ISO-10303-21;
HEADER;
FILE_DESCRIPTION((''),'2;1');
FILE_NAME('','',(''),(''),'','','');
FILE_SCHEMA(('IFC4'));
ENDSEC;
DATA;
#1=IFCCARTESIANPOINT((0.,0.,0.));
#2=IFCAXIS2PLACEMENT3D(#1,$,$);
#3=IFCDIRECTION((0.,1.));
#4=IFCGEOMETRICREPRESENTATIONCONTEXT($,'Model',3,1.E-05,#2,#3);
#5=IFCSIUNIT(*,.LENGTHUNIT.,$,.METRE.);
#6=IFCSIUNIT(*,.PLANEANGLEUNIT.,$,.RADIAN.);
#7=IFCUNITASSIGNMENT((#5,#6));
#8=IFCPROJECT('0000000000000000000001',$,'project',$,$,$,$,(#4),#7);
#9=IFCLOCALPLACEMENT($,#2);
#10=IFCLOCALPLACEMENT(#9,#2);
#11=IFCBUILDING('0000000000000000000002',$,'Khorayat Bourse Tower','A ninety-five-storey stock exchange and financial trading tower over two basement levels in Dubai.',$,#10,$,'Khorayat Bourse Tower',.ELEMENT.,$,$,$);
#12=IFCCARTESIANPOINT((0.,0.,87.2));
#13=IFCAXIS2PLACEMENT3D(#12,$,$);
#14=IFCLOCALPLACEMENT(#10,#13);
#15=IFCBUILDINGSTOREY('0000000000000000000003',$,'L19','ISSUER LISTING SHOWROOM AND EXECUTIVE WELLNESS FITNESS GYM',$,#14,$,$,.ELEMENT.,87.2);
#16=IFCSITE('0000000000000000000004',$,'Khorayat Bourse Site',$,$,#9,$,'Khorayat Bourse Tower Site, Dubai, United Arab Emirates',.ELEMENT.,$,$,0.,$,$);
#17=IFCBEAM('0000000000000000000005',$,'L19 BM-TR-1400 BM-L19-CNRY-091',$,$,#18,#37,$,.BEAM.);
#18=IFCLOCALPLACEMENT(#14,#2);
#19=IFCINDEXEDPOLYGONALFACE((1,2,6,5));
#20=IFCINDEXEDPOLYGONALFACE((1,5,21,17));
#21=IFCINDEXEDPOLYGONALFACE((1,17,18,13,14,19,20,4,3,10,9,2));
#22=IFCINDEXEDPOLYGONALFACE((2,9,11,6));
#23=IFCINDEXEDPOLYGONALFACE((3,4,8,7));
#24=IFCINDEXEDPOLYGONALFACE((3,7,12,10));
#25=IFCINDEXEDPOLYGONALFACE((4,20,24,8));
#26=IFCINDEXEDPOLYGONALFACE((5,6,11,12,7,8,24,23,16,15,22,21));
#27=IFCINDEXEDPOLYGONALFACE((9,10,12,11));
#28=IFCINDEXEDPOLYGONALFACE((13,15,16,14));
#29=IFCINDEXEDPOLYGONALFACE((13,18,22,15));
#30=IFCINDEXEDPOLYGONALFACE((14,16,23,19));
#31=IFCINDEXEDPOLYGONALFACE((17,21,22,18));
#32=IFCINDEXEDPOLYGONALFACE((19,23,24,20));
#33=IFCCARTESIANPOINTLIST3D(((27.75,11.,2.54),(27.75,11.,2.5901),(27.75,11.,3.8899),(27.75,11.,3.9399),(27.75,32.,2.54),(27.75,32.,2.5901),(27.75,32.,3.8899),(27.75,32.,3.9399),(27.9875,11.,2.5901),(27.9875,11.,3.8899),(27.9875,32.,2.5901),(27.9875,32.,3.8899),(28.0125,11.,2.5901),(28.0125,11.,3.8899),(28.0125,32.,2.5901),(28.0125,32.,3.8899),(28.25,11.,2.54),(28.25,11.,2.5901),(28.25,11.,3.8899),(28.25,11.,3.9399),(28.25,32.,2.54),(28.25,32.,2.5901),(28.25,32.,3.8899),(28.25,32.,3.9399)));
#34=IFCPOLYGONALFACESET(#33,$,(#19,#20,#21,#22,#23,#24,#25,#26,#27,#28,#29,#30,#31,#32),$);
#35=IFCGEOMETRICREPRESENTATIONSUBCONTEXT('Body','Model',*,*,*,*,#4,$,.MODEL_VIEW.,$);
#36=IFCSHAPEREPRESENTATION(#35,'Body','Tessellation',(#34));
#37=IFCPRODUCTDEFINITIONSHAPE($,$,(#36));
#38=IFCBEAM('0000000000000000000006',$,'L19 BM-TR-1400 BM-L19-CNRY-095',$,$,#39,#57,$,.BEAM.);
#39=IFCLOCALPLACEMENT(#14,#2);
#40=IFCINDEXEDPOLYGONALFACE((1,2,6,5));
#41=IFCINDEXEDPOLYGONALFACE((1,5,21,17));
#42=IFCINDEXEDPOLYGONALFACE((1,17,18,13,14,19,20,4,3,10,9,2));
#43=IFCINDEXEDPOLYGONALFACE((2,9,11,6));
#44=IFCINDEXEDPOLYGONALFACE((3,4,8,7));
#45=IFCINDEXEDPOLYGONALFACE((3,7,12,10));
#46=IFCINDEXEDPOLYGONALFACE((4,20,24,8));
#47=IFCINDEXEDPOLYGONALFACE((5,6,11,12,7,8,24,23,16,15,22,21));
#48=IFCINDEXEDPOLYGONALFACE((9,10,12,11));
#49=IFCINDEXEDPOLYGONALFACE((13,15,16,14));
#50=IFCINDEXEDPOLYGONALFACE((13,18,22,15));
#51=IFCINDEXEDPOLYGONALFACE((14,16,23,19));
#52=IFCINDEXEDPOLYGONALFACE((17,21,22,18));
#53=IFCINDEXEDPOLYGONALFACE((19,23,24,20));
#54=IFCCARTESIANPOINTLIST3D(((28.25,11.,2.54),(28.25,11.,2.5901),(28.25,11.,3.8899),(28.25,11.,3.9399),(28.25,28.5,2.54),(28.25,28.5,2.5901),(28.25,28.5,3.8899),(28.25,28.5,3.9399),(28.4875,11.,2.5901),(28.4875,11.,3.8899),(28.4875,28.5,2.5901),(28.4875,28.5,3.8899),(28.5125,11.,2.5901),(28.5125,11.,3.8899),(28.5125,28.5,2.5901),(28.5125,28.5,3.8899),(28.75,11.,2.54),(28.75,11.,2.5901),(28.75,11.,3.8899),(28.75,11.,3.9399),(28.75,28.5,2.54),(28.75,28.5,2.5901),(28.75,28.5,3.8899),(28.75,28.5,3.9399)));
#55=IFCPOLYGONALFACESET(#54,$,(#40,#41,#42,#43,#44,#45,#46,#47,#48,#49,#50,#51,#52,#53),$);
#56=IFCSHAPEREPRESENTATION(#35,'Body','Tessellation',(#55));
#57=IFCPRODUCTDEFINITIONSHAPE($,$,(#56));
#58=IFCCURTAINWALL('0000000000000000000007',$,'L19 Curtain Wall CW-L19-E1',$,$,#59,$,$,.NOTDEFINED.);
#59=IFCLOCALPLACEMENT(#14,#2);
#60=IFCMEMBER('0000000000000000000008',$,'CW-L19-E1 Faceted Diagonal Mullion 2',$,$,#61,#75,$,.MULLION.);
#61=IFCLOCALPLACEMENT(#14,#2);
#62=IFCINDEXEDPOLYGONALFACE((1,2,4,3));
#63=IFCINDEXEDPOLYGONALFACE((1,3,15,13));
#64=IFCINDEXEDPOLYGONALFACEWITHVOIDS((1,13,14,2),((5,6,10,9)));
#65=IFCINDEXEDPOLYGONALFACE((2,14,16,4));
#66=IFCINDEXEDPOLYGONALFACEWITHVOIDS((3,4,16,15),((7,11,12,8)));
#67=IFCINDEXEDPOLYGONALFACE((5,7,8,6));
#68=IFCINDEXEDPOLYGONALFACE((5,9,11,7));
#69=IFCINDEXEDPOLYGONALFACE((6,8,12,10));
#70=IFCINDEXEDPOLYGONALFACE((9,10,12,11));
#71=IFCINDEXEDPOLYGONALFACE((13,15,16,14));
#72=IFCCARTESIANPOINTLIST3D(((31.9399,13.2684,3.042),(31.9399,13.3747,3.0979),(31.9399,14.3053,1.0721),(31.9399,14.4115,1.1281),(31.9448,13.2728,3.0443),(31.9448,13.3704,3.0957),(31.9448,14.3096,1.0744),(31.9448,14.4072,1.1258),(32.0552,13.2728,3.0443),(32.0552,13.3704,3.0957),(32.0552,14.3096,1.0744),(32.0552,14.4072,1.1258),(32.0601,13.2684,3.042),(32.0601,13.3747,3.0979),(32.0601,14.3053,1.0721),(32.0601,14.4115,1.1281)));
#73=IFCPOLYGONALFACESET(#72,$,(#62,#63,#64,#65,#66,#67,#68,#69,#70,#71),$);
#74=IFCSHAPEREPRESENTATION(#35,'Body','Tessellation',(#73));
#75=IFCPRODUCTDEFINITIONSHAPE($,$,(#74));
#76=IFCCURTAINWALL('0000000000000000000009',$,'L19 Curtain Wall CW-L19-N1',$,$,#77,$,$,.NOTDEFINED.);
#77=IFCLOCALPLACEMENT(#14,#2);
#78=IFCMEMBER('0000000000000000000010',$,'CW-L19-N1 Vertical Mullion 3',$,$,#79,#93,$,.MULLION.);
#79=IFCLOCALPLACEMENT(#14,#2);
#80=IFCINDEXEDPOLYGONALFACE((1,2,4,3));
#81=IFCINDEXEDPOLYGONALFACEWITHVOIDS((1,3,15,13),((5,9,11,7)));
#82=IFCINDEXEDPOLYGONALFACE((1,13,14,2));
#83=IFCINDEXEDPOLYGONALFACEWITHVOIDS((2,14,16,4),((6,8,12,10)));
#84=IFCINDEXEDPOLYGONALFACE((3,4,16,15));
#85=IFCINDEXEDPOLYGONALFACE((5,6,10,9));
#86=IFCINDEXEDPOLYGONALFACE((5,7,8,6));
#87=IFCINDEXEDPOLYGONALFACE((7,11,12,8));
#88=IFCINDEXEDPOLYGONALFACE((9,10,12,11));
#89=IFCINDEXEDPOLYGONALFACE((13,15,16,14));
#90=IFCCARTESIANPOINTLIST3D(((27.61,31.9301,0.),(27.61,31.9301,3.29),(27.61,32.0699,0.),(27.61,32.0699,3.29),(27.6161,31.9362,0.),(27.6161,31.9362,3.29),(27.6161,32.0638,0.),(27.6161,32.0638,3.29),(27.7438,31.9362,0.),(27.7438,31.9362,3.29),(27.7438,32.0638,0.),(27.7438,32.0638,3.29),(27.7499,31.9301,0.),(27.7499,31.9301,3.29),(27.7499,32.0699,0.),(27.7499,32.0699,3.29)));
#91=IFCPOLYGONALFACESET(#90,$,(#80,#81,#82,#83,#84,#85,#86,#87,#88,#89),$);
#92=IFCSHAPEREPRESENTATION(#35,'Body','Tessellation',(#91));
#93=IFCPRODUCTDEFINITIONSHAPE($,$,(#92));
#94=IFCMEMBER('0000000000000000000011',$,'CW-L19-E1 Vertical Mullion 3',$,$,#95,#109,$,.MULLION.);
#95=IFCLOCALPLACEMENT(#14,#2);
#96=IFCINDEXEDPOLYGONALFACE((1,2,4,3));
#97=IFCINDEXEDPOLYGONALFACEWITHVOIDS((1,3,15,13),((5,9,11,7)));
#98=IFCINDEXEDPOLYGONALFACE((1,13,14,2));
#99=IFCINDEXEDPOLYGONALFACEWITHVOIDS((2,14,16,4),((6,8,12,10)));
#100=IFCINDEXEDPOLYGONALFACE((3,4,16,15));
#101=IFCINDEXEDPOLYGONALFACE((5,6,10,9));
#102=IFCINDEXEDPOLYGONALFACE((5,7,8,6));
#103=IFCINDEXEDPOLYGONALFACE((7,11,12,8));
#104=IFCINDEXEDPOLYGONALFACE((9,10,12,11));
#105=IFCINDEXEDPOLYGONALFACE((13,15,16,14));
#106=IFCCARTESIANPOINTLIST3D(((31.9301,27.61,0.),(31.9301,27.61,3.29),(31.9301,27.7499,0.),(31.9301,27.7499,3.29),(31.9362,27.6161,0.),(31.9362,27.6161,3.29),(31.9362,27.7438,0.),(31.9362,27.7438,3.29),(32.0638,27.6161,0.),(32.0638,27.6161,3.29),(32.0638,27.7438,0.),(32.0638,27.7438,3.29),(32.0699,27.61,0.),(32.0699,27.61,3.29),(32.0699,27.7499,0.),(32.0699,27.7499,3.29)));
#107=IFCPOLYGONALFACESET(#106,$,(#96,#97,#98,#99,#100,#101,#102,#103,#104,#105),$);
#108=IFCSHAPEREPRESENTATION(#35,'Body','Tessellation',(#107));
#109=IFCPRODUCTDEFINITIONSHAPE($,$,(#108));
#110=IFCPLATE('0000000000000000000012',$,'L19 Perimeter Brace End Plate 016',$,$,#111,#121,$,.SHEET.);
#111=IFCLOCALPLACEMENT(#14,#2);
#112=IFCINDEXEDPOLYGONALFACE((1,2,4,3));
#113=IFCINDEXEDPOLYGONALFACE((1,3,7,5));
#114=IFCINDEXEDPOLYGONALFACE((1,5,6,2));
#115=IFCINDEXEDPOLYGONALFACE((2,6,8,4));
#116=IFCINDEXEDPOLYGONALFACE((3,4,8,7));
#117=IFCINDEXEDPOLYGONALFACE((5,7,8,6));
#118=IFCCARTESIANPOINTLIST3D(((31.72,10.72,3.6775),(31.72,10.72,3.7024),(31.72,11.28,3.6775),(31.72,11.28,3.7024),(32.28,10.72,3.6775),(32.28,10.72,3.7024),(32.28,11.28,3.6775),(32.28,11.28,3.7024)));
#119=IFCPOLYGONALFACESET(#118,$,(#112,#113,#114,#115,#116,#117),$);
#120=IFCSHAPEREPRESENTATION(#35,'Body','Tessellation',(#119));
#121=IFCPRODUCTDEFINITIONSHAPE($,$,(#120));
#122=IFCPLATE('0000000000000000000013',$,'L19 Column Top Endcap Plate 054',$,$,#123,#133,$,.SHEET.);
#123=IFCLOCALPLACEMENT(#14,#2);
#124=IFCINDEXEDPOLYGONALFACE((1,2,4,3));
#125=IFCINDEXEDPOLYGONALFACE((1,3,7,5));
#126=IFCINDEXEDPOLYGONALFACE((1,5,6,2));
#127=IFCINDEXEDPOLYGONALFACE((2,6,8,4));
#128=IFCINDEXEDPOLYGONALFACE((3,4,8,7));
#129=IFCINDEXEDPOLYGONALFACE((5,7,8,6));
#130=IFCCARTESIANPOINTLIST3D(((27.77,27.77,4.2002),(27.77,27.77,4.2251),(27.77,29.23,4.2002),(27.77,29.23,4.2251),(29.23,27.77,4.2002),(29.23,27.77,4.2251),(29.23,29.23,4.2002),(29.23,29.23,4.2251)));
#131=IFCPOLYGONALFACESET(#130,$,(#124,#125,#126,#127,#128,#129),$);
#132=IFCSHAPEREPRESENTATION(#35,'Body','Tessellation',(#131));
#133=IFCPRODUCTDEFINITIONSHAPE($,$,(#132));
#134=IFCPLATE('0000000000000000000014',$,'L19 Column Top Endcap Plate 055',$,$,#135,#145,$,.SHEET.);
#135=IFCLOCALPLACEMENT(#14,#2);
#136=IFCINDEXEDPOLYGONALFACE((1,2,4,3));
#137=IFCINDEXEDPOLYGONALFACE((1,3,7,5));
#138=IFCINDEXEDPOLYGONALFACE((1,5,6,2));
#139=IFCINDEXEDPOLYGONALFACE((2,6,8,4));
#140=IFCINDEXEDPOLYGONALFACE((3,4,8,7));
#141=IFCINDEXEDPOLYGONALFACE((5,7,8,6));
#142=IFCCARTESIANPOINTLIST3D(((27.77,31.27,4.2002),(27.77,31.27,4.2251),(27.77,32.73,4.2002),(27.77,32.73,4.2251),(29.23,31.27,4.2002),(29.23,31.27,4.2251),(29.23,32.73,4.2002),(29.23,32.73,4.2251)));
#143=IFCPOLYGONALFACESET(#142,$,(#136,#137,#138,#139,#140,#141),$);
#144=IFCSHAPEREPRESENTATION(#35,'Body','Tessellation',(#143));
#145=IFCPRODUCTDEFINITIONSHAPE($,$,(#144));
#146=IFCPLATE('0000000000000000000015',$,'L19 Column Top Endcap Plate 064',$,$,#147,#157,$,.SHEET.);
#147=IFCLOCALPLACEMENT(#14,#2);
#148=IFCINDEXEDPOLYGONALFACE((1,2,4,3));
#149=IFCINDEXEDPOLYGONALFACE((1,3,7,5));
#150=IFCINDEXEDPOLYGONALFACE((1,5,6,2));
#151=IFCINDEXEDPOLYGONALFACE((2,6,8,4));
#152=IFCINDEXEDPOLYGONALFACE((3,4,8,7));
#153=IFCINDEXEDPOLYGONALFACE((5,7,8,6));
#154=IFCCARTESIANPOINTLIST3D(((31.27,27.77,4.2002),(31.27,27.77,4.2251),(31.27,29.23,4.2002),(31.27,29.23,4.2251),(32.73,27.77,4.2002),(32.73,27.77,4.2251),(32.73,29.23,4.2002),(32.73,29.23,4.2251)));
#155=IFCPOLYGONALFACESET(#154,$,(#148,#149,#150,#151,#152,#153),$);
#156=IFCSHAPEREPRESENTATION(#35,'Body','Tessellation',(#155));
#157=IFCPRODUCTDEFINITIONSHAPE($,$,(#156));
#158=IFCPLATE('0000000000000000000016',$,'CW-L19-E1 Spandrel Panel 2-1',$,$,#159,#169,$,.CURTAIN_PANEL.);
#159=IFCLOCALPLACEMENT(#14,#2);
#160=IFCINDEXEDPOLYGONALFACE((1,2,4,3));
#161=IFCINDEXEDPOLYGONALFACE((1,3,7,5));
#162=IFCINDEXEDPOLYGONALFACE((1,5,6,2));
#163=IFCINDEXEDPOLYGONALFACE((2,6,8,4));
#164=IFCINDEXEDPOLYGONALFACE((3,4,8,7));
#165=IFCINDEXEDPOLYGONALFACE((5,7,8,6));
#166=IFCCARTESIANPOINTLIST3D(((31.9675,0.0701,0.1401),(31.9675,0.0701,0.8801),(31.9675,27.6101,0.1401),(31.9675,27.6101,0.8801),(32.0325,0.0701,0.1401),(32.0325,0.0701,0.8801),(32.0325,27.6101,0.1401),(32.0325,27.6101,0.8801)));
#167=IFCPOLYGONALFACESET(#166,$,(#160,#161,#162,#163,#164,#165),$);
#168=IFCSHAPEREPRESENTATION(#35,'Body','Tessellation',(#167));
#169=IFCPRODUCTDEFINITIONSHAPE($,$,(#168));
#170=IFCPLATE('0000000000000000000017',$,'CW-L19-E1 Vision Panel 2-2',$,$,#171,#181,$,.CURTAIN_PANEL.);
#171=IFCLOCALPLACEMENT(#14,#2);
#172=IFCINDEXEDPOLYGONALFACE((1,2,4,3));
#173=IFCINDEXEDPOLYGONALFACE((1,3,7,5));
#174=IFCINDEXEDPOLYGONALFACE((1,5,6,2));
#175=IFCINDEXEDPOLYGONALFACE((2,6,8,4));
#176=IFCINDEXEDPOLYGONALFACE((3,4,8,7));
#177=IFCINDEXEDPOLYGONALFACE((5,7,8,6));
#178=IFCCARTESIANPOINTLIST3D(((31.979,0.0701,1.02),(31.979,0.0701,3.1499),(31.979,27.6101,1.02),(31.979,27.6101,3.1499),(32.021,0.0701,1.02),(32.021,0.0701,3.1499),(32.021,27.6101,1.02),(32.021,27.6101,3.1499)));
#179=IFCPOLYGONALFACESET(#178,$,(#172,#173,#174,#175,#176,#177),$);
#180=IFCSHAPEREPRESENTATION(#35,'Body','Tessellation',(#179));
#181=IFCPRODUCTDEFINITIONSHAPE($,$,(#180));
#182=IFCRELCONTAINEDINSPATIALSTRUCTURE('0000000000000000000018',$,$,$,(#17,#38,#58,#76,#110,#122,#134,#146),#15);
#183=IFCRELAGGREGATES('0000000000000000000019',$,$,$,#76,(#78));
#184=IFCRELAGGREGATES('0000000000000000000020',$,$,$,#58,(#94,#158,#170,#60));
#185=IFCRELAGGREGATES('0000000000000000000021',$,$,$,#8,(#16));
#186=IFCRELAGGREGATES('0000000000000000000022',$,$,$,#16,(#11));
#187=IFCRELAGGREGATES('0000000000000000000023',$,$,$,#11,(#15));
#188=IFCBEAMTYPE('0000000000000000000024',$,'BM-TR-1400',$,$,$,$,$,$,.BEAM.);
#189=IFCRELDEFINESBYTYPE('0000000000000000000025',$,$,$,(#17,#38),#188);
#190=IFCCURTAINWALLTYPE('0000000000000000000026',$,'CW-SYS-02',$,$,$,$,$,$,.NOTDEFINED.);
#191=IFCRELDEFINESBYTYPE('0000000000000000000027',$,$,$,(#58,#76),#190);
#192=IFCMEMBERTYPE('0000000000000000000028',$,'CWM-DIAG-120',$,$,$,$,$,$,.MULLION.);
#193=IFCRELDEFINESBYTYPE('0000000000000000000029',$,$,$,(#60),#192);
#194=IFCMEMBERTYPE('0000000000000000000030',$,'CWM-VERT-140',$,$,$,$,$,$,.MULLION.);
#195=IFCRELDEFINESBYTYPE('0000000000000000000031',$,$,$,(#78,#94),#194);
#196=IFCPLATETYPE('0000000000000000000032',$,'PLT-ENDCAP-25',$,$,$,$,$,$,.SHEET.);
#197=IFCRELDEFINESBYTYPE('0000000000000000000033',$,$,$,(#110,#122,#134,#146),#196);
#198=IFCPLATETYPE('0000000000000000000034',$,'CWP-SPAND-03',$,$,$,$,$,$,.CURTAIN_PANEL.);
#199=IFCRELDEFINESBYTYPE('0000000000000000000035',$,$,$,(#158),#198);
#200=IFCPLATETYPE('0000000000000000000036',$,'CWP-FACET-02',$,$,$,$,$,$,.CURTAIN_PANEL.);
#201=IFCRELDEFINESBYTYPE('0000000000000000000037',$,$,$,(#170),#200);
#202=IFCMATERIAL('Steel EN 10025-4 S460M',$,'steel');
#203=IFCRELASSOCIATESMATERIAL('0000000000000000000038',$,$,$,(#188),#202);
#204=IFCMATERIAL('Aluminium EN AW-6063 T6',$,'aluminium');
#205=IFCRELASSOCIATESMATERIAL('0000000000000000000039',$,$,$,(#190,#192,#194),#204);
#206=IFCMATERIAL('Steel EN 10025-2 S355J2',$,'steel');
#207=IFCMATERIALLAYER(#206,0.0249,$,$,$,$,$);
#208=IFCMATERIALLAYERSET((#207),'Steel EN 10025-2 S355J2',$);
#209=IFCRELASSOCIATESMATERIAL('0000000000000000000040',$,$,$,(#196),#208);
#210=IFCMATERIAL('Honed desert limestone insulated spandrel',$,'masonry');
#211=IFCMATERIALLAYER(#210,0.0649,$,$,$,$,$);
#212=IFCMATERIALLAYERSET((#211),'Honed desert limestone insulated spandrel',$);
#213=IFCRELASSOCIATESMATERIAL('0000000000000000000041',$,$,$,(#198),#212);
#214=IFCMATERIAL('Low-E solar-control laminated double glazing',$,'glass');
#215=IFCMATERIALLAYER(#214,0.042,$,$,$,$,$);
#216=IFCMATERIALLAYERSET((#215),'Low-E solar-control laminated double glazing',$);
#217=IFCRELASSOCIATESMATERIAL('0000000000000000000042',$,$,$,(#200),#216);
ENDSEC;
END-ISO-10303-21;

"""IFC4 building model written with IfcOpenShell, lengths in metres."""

from ifc_helpers import new_model, si_unit, direction, frame, origin, origin_2d, place, context, subcontext, project, spatial, rectangle, hollow_rectangle, i_section, extrude, source, transform, mapped, material, layer, layer_set, material_profile, profile_set, type_object, element, aggregate, save


model = new_model("IFC4")

# Units and contexts
model_context = context("Model", 3, precision=1e-05, world=origin(), true_north=direction((0.0, 1.0)))
body_context = subcontext(model_context, "Body", "Model", "MODEL_VIEW")
ifc_project = project(units=[si_unit("LENGTHUNIT", "METRE"), si_unit("PLANEANGLEUNIT", "RADIAN")], contexts=[model_context])

# Site, building, storey
site_placement = place(None, origin())
site = spatial("IfcSite", under=ifc_project, at=site_placement, Name="Khorayat Bourse Site", LongName="Khorayat Bourse Tower Site, Dubai, United Arab Emirates", CompositionType="ELEMENT", RefElevation=0.0)
building_placement = place(site_placement, origin())
building = spatial("IfcBuilding", under=site, at=building_placement, Name="Khorayat Bourse Tower", Description="A ninety-five-storey stock exchange and financial trading tower over two basement levels in Dubai.", LongName="Khorayat Bourse Tower", CompositionType="ELEMENT")
storey_placement = place(building_placement, frame((0.0, 0.0, 87.2)))
storey = spatial("IfcBuildingStorey", under=building, at=storey_placement, Name="L19", Description="ISSUER LISTING SHOWROOM AND EXECUTIVE WELLNESS FITNESS GYM", CompositionType="ELEMENT", Elevation=87.2)

# Shared definitions
ifc_material_1 = material(Name="Steel EN 10025-4 S460M", Category="steel")

# Beams
ifc_material_profile_1 = material_profile(ifc_material_1, i_section(OverallWidth=0.5, OverallDepth=1.3999, WebThickness=0.0249, FlangeThickness=0.05, at=origin_2d()), Name="PG 1400x500x25x50")
ifc_profile_set_1 = profile_set([ifc_material_profile_1], Name="Steel EN 10025-4 S460M")
beam_type_1 = type_object("IfcBeamType", Name="BM-TR-1400", PredefinedType="BEAM", material=ifc_profile_set_1)
shared_shape_1 = source(origin(), body_context, "Body", "SweptSolid", [
    extrude(i_section(OverallWidth=0.5, OverallDepth=1.3999, WebThickness=0.0249, FlangeThickness=0.05, at=origin_2d()), origin(), (0.0, 0.0, 1.0), 21.0),
])
beam_1_placement = place(storey_placement, frame((28.0, 11.0, 3.24), z_axis=(0.0, 1.0, 0.0), x_axis=(-1.0, 0.0, 0.0)))
element("IfcBeam", 1, at=beam_1_placement, inside=storey, type_object=beam_type_1, Name="L19 BM-TR-1400 BM-L19-CNRY-091", PredefinedType="BEAM", context=body_context, shape_type="MappedRepresentation", body=[
    mapped(shared_shape_1, transform((0.0, 0.0, 0.0), scale=1.0)),
])
shared_shape_2 = source(origin(), body_context, "Body", "SweptSolid", [
    extrude(i_section(OverallWidth=0.5, OverallDepth=1.3999, WebThickness=0.0249, FlangeThickness=0.05, at=origin_2d()), origin(), (0.0, 0.0, 1.0), 17.5),
])
beam_2_placement = place(storey_placement, frame((28.5, 11.0, 3.24), z_axis=(0.0, 1.0, 0.0), x_axis=(-1.0, 0.0, 0.0)))
element("IfcBeam", 2, at=beam_2_placement, inside=storey, type_object=beam_type_1, Name="L19 BM-TR-1400 BM-L19-CNRY-095", PredefinedType="BEAM", context=body_context, shape_type="MappedRepresentation", body=[
    mapped(shared_shape_2, transform((0.0, 0.0, 0.0), scale=1.0)),
])

# Curtain walls, members
ifc_material_2 = material(Name="Aluminium EN AW-6063 T6", Category="aluminium")
curtain_wall_type = type_object("IfcCurtainWallType", Name="CW-SYS-02", PredefinedType="NOTDEFINED", material=ifc_material_2)
curtain_wall_1_placement = place(storey_placement, origin())
curtain_wall_1 = element("IfcCurtainWall", 3, at=curtain_wall_1_placement, inside=storey, type_object=curtain_wall_type, Name="L19 Curtain Wall CW-L19-E1", PredefinedType="NOTDEFINED")
ifc_material_profile_2 = material_profile(ifc_material_2, hollow_rectangle(XDim=0.1201, YDim=0.1201, WallThickness=0.0049, at=origin_2d()), Name="ALU 120x120x5")
ifc_profile_set_2 = profile_set([ifc_material_profile_2], Name="Aluminium EN AW-6063 T6")
member_type_1 = type_object("IfcMemberType", Name="CWM-DIAG-120", PredefinedType="MULLION", material=ifc_profile_set_2)
shared_shape_3 = source(origin(), body_context, "Body", "SweptSolid", [
    extrude(hollow_rectangle(XDim=0.1201, YDim=0.1201, WallThickness=0.0049, at=origin_2d()), origin(), (0.0, 0.0, 1.0), 2.2261),
])
member_1_placement = place(storey_placement, frame((32.0, 14.3584, 1.1001), z_axis=(0.0, -0.46576, 0.884911), x_axis=(1.0, 0.0, 0.0)))
member_1 = element("IfcMember", 4, at=member_1_placement, type_object=member_type_1, Name="CW-L19-E1 Faceted Diagonal Mullion 2", PredefinedType="MULLION", context=body_context, shape_type="MappedRepresentation", body=[
    mapped(shared_shape_3, transform((0.0, 0.0, 0.0), scale=1.0)),
])
curtain_wall_2_placement = place(storey_placement, origin())
curtain_wall_2 = element("IfcCurtainWall", 5, at=curtain_wall_2_placement, inside=storey, type_object=curtain_wall_type, Name="L19 Curtain Wall CW-L19-N1", PredefinedType="NOTDEFINED")
ifc_material_profile_3 = material_profile(ifc_material_2, hollow_rectangle(XDim=0.1399, YDim=0.1399, WallThickness=0.0061, at=origin_2d()), Name="ALU 140x140x6")
ifc_profile_set_3 = profile_set([ifc_material_profile_3], Name="Aluminium EN AW-6063 T6")
member_type_2 = type_object("IfcMemberType", Name="CWM-VERT-140", PredefinedType="MULLION", material=ifc_profile_set_3)
shared_shape_4 = source(origin(), body_context, "Body", "SweptSolid", [
    extrude(hollow_rectangle(XDim=0.1399, YDim=0.1399, WallThickness=0.0061, at=origin_2d()), origin(), (0.0, 0.0, 1.0), 3.29),
])
member_2_placement = place(storey_placement, frame((27.6799, 32.0, 0.0), z_axis=(0.0, 0.0, 1.0), x_axis=(0.0, 1.0, 0.0)))
member_2 = element("IfcMember", 6, at=member_2_placement, type_object=member_type_2, Name="CW-L19-N1 Vertical Mullion 3", PredefinedType="MULLION", context=body_context, shape_type="MappedRepresentation", body=[
    mapped(shared_shape_4, transform((0.0, 0.0, 0.0), scale=1.0)),
])
aggregate(curtain_wall_2, [member_2])

# Member
member_3_placement = place(storey_placement, frame((32.0, 27.6799, 0.0), z_axis=(0.0, 0.0, 1.0), x_axis=(-1.0, 0.0, 0.0)))
member_3 = element("IfcMember", 7, at=member_3_placement, type_object=member_type_2, Name="CW-L19-E1 Vertical Mullion 3", PredefinedType="MULLION", context=body_context, shape_type="MappedRepresentation", body=[
    mapped(shared_shape_4, transform((0.0, 0.0, 0.0), scale=1.0)),
])

# Plates
ifc_material_3 = material(Name="Steel EN 10025-2 S355J2", Category="steel")
ifc_layer_1 = layer(ifc_material_3, 0.0249)
ifc_layer_set_1 = layer_set([ifc_layer_1], Name="Steel EN 10025-2 S355J2")
plate_type_1 = type_object("IfcPlateType", Name="PLT-ENDCAP-25", PredefinedType="SHEET", material=ifc_layer_set_1)
shared_shape_5 = source(origin(), body_context, "Body", "SweptSolid", [
    extrude(rectangle(XDim=0.5601, YDim=0.5601, at=origin_2d()), origin(), (0.0, 0.0, 1.0), 0.0249),
])
plate_1_placement = place(storey_placement, frame((32.0, 11.0, 3.6775), z_axis=(0.0, 0.0, 1.0), x_axis=(1.0, 0.0, 0.0)))
element("IfcPlate", 8, at=plate_1_placement, inside=storey, type_object=plate_type_1, Name="L19 Perimeter Brace End Plate 016", PredefinedType="SHEET", context=body_context, shape_type="MappedRepresentation", body=[
    mapped(shared_shape_5, transform((0.0, 0.0, 0.0), scale=1.0)),
])
shared_shape_6 = source(origin(), body_context, "Body", "SweptSolid", [
    extrude(rectangle(XDim=1.46, YDim=1.46, at=origin_2d()), origin(), (0.0, 0.0, 1.0), 0.0249),
])
for number, where, z_axis, x_axis, name in (
    (9, (28.5, 28.5, 4.2002), (0.0, 0.0, 1.0), (1.0, 0.0, 0.0), "L19 Column Top Endcap Plate 054"),
    (10, (28.5, 32.0, 4.2002), (0.0, 0.0, 1.0), (1.0, 0.0, 0.0), "L19 Column Top Endcap Plate 055"),
    (11, (32.0, 28.5, 4.2002), (0.0, 0.0, 1.0), (1.0, 0.0, 0.0), "L19 Column Top Endcap Plate 064"),
):
    element("IfcPlate", number, at=place(storey_placement, frame(where, z_axis=z_axis, x_axis=x_axis)), inside=storey, type_object=plate_type_1, Name=name, PredefinedType="SHEET", context=body_context, shape_type="MappedRepresentation", body=[
        mapped(shared_shape_6, transform((0.0, 0.0, 0.0), scale=1.0)),
    ])

# Plates
ifc_material_4 = material(Name="Honed desert limestone insulated spandrel", Category="masonry")
ifc_layer_2 = layer(ifc_material_4, 0.0649)
ifc_layer_set_2 = layer_set([ifc_layer_2], Name="Honed desert limestone insulated spandrel")
plate_type_2 = type_object("IfcPlateType", Name="CWP-SPAND-03", PredefinedType="CURTAIN_PANEL", material=ifc_layer_set_2)
shared_shape_7 = source(origin(), body_context, "Body", "SweptSolid", [
    extrude(rectangle(XDim=27.54, YDim=0.0649, at=origin_2d()), origin(), (0.0, 0.0, 1.0), 0.74),
])
plate_2_placement = place(storey_placement, frame((32.0, 13.8401, 0.1401), z_axis=(0.0, 0.0, 1.0), x_axis=(0.0, 1.0, 0.0)))
plate_2 = element("IfcPlate", 12, at=plate_2_placement, type_object=plate_type_2, Name="CW-L19-E1 Spandrel Panel 2-1", PredefinedType="CURTAIN_PANEL", context=body_context, shape_type="MappedRepresentation", body=[
    mapped(shared_shape_7, transform((0.0, 0.0, 0.0), scale=1.0)),
])
ifc_material_5 = material(Name="Low-E solar-control laminated double glazing", Category="glass")
ifc_layer_3 = layer(ifc_material_5, 0.042)
ifc_layer_set_3 = layer_set([ifc_layer_3], Name="Low-E solar-control laminated double glazing")
plate_type_3 = type_object("IfcPlateType", Name="CWP-FACET-02", PredefinedType="CURTAIN_PANEL", material=ifc_layer_set_3)
shared_shape_8 = source(origin(), body_context, "Body", "SweptSolid", [
    extrude(rectangle(XDim=27.54, YDim=0.042, at=origin_2d()), origin(), (0.0, 0.0, 1.0), 2.1299),
])
plate_3_placement = place(storey_placement, frame((32.0, 13.8401, 1.02), z_axis=(0.0, 0.0, 1.0), x_axis=(0.0, 1.0, 0.0)))
plate_3 = element("IfcPlate", 13, at=plate_3_placement, type_object=plate_type_3, Name="CW-L19-E1 Vision Panel 2-2", PredefinedType="CURTAIN_PANEL", context=body_context, shape_type="MappedRepresentation", body=[
    mapped(shared_shape_8, transform((0.0, 0.0, 0.0), scale=1.0)),
])
aggregate(curtain_wall_1, [member_3, plate_2, plate_3, member_1])

save(model, "model.ifc")
